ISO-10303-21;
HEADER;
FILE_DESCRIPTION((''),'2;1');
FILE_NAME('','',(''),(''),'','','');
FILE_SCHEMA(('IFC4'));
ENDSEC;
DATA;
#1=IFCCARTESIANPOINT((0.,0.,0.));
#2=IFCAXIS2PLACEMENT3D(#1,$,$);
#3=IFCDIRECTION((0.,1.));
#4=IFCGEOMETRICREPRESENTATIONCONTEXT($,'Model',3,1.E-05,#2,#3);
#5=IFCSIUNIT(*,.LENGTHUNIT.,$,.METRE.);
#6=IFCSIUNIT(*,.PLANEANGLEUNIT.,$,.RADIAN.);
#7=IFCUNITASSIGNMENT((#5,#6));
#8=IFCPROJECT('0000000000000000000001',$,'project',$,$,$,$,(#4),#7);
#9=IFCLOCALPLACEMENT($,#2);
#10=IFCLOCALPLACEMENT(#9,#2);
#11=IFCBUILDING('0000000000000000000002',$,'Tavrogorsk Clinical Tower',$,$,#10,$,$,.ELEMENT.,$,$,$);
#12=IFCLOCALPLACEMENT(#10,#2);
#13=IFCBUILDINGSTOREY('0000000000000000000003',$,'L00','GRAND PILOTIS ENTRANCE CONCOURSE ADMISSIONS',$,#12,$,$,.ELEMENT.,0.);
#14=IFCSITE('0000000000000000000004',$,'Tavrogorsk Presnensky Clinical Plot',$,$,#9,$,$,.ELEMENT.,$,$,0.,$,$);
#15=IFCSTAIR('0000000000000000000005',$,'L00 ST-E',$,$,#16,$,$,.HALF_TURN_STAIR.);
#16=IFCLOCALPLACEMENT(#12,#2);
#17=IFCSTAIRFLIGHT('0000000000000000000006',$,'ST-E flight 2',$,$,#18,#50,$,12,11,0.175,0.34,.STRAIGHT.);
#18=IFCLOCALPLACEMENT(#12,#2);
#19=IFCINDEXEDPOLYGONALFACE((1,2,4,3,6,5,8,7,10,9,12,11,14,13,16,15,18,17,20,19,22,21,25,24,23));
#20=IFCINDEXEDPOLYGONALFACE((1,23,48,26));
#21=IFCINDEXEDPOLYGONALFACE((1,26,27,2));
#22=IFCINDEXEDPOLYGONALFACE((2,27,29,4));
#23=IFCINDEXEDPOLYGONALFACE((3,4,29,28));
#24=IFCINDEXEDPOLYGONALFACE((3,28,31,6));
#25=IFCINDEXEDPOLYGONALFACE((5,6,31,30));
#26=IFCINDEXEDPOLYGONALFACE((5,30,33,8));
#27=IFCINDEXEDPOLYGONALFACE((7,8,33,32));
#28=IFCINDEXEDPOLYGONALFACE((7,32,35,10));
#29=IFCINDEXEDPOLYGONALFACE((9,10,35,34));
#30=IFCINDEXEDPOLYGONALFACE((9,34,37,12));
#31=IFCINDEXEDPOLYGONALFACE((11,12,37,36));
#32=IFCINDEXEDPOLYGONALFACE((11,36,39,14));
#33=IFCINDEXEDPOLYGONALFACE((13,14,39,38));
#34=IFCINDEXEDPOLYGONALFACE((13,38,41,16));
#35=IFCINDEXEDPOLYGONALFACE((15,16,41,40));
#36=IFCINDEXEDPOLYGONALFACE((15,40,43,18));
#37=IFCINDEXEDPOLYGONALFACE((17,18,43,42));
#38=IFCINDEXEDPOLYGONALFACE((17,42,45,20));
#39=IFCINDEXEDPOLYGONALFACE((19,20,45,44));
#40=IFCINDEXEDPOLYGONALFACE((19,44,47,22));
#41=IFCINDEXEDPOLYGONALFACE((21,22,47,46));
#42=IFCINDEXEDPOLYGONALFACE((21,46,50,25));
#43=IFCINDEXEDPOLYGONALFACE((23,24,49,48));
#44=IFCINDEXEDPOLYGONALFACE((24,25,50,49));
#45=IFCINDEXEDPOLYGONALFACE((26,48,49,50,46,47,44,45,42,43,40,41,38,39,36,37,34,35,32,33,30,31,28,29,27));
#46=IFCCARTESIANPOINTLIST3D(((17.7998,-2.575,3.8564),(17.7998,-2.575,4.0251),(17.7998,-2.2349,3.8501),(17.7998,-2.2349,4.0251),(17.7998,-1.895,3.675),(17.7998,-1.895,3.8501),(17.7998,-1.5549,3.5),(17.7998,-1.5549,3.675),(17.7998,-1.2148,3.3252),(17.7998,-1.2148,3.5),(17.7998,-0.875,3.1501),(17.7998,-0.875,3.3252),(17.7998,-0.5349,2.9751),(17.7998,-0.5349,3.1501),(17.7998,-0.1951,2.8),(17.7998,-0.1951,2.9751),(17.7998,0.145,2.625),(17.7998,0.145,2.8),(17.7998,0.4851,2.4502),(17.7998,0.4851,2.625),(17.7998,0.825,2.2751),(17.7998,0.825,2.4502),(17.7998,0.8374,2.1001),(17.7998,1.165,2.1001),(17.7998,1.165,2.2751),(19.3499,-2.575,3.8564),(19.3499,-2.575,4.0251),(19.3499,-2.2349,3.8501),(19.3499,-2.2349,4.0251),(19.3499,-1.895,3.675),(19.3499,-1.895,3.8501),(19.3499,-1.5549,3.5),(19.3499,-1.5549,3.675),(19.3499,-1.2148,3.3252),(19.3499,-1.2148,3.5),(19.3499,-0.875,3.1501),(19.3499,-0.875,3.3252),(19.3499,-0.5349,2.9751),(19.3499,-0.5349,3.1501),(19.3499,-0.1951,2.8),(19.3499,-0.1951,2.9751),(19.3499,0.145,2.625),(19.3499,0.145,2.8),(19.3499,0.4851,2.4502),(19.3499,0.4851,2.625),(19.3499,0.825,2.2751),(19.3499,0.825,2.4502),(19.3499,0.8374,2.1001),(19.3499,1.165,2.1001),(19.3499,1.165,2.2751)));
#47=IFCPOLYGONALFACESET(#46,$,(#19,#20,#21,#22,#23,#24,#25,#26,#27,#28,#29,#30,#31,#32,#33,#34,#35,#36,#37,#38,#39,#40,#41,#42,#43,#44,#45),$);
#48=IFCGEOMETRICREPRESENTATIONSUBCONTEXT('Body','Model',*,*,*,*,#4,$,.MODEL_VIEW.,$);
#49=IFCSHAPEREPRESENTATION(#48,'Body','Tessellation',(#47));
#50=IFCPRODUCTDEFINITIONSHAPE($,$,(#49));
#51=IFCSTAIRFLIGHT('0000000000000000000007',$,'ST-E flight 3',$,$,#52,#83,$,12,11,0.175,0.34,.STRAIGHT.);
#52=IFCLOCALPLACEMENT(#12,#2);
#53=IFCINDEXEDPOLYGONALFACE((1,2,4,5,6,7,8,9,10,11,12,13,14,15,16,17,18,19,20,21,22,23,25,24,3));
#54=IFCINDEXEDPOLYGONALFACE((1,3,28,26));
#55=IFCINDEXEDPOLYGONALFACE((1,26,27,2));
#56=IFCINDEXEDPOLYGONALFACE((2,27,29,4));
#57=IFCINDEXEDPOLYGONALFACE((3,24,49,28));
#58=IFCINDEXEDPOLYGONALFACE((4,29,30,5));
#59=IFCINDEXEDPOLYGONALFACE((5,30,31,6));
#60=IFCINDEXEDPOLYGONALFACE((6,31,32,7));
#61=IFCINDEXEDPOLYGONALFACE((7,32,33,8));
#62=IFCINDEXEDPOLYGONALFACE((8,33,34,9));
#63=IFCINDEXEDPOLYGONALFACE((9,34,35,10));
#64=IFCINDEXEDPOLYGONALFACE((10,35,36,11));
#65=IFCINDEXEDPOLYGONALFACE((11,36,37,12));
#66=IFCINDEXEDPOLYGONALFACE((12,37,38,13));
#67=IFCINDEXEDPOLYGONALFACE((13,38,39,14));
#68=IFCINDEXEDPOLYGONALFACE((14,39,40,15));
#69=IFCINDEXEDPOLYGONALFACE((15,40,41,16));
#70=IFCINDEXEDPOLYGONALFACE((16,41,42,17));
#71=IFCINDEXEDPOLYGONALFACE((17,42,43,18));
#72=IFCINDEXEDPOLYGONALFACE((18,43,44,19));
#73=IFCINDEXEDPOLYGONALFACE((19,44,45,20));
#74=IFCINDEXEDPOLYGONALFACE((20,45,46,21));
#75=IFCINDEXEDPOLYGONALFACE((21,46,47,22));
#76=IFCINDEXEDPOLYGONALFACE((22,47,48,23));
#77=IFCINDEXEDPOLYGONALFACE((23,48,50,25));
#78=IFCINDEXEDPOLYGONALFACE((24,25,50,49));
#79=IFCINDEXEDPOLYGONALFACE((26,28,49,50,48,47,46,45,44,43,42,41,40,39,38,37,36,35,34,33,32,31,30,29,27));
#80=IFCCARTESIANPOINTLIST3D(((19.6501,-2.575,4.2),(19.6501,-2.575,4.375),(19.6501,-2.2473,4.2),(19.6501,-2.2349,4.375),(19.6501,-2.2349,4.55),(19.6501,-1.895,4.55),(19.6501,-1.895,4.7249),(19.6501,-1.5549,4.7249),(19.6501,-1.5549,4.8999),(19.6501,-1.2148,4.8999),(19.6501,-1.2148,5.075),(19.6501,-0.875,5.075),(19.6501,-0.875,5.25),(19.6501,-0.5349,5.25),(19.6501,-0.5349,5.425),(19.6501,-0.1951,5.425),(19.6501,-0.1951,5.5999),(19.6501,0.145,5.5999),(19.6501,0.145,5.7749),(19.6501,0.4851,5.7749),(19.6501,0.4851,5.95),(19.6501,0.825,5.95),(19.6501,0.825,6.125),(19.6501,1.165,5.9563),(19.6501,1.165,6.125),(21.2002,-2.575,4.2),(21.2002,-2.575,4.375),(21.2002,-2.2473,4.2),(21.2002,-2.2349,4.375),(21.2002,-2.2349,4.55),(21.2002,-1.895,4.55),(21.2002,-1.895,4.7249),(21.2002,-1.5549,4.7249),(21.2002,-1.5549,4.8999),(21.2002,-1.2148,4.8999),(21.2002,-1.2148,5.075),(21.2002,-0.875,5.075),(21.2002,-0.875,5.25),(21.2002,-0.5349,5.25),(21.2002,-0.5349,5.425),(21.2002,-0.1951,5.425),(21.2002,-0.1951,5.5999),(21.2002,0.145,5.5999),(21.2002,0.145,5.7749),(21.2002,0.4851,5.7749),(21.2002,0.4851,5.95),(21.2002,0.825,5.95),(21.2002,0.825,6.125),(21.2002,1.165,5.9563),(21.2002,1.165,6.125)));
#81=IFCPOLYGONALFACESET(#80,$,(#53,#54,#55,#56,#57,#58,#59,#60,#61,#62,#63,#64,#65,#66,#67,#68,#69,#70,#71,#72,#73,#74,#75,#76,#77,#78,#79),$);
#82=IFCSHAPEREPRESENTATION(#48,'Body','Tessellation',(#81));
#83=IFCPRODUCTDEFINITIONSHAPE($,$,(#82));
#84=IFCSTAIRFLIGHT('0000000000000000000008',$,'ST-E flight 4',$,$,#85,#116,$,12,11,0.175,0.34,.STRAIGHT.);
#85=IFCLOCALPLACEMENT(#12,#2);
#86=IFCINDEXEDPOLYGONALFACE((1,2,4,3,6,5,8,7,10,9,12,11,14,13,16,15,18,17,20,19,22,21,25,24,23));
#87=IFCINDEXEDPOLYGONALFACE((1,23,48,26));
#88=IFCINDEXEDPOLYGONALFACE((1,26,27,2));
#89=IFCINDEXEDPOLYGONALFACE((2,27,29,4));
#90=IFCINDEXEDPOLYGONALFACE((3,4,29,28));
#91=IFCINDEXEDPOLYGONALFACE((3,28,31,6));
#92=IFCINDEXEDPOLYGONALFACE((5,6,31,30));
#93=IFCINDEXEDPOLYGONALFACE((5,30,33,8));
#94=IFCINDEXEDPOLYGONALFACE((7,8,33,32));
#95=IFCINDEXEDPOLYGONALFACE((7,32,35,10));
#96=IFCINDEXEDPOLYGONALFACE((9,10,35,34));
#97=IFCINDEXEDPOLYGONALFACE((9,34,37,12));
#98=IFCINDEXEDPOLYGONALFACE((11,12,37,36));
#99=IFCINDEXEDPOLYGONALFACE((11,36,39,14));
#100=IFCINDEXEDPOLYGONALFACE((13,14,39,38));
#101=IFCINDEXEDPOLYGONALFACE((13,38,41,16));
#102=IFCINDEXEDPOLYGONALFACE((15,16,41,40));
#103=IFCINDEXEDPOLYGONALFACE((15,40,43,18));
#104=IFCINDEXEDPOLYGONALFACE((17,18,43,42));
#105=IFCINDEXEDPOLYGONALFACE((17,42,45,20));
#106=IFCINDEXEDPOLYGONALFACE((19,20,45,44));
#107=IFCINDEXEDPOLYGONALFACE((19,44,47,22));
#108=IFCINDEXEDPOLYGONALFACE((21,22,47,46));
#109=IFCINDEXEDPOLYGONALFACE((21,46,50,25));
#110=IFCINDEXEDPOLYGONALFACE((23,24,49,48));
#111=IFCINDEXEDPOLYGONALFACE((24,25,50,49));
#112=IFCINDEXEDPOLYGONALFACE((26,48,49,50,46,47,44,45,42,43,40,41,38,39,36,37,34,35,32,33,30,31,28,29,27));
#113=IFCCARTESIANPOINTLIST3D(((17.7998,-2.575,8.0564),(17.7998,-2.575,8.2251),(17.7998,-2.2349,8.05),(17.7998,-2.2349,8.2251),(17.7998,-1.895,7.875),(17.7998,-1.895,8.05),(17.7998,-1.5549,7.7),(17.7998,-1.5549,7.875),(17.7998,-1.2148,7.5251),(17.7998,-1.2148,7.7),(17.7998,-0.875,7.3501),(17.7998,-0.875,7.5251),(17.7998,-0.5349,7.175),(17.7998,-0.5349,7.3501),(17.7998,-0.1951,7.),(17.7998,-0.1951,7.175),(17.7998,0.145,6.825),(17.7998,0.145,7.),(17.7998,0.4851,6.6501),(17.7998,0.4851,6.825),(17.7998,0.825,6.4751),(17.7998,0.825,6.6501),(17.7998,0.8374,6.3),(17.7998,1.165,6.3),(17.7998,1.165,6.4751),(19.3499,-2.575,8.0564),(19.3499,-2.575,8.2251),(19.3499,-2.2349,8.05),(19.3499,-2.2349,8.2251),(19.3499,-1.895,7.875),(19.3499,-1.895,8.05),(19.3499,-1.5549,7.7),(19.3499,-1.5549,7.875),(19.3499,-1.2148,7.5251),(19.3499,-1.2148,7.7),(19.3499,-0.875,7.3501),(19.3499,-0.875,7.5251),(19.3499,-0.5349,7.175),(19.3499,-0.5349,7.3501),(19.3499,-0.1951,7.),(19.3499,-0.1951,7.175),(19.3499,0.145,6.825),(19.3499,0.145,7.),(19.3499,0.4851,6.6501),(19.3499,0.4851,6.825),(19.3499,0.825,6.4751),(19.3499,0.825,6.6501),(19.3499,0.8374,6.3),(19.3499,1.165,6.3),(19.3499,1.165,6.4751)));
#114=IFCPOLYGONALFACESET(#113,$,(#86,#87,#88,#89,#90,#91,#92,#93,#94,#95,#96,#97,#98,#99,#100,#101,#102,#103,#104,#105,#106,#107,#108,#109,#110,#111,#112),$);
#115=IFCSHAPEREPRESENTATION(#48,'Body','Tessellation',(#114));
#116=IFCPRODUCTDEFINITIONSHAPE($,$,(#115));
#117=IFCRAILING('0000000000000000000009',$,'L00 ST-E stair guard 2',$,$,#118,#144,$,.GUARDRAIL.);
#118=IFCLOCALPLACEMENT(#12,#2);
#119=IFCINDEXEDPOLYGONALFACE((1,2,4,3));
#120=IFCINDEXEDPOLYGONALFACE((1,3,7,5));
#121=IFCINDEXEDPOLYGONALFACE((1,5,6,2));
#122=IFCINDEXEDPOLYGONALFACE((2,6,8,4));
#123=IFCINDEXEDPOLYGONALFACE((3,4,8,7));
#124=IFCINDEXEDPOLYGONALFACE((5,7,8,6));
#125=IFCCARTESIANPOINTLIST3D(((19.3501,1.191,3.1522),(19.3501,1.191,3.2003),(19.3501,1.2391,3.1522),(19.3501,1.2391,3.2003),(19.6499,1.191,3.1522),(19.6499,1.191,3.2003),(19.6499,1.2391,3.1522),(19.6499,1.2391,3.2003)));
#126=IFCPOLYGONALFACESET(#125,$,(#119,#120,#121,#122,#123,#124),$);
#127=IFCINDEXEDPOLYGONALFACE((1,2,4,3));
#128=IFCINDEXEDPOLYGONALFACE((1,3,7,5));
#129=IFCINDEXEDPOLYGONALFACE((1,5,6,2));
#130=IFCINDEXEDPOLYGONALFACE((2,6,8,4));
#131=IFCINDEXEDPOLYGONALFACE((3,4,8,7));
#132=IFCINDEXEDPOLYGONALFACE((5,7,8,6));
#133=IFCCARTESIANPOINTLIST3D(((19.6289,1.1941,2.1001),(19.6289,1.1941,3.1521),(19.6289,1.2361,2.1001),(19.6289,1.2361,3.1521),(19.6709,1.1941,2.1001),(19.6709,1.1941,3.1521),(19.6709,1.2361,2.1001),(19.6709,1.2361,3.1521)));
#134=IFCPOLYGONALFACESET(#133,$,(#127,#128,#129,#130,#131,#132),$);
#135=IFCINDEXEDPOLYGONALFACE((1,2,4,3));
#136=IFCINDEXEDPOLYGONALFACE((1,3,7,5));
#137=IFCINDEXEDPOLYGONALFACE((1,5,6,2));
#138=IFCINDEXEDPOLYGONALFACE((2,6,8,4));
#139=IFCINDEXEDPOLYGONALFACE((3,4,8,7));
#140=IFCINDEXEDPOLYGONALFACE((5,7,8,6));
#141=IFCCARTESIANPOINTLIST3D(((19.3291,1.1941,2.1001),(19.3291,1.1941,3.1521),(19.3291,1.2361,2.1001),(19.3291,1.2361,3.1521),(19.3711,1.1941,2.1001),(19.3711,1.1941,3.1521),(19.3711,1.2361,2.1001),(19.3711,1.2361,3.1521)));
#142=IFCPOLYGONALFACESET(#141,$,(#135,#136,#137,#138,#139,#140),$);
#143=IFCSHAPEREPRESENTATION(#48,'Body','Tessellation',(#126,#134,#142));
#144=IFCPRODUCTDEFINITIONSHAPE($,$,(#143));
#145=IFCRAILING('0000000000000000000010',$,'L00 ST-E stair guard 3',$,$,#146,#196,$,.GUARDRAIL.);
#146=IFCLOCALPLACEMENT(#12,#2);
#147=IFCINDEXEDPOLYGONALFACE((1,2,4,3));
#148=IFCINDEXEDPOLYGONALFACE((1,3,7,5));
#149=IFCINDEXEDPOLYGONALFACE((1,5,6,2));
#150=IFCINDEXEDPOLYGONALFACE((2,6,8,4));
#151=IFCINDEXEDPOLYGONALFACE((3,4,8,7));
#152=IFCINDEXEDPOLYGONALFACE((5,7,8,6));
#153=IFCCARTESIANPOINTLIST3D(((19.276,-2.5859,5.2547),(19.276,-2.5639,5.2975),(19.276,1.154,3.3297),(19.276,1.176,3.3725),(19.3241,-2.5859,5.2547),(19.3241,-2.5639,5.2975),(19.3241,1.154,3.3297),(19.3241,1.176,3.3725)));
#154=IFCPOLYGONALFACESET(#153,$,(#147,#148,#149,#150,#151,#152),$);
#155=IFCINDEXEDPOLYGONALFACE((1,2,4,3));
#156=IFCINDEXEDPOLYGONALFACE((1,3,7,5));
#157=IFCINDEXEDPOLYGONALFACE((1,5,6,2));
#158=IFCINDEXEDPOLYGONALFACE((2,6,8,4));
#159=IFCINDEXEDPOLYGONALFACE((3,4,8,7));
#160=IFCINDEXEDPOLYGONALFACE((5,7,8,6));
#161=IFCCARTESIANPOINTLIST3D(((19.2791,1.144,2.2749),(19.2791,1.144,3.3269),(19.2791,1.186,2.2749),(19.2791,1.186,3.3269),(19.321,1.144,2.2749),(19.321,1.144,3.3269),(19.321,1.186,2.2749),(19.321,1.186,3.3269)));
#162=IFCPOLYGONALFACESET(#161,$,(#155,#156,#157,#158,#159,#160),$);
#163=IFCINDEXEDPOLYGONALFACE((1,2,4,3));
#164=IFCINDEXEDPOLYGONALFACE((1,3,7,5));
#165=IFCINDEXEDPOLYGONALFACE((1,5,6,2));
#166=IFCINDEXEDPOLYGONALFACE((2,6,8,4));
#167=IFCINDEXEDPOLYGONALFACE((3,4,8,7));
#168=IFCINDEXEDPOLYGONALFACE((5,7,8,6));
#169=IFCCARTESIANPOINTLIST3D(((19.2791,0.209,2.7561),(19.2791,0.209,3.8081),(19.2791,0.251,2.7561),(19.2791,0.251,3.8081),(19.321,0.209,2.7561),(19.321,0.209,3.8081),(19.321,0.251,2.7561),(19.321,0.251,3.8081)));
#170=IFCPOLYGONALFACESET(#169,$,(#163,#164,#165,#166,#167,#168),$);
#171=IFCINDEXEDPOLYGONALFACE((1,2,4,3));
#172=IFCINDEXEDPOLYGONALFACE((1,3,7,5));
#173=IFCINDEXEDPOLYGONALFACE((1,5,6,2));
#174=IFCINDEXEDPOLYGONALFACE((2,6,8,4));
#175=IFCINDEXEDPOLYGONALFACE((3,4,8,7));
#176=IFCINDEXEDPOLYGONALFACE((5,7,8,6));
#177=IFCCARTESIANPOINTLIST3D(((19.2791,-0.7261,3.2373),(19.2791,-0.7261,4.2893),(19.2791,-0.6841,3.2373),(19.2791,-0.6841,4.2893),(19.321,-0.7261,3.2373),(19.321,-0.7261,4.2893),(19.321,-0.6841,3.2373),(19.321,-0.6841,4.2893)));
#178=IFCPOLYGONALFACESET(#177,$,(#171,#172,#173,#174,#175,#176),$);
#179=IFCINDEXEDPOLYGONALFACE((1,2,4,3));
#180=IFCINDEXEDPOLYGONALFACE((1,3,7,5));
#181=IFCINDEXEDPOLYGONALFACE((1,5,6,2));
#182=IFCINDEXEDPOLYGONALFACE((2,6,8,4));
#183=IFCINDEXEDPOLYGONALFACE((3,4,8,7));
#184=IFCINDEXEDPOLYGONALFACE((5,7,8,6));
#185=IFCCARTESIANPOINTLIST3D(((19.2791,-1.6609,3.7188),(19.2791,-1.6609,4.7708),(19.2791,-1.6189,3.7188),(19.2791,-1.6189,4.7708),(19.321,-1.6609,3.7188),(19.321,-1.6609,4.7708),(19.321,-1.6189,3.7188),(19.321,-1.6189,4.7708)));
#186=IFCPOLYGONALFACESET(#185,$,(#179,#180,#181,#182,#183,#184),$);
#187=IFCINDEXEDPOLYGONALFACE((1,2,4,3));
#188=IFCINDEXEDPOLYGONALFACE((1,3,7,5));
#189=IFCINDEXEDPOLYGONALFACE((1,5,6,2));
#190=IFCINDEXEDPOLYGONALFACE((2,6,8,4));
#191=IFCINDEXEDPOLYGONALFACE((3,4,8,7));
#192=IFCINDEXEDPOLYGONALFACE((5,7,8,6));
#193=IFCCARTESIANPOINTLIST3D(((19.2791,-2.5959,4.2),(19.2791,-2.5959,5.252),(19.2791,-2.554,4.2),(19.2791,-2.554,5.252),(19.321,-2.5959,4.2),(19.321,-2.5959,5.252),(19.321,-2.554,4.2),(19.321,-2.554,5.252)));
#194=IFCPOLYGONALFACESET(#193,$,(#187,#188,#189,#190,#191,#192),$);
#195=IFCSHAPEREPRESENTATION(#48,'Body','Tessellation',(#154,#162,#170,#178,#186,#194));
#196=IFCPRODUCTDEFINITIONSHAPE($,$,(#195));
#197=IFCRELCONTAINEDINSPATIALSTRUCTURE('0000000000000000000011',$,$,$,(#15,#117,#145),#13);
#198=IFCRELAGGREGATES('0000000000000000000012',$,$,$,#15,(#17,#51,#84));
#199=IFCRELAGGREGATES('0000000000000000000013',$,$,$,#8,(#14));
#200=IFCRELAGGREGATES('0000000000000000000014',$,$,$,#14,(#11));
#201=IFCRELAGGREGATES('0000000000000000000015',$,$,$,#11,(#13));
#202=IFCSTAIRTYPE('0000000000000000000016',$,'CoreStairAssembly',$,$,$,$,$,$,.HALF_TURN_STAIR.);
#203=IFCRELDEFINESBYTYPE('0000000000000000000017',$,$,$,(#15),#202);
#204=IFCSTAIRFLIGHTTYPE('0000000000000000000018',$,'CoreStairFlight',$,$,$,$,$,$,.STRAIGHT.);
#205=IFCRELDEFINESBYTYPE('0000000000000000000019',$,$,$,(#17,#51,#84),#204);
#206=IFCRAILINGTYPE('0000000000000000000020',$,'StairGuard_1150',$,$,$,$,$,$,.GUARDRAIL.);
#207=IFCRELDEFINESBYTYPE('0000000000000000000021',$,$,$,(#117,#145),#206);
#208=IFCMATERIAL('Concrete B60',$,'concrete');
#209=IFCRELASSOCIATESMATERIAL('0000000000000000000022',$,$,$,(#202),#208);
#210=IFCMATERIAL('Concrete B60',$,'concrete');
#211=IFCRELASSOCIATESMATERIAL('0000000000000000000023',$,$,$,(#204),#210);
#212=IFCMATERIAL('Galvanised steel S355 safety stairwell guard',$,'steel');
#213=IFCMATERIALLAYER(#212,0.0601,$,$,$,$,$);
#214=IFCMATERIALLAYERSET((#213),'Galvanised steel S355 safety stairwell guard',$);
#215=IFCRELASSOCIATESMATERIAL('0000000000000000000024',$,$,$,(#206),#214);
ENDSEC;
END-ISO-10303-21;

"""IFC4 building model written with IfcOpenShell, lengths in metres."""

from ifc_helpers import new_model, si_unit, direction, frame, origin, origin_2d, place, context, subcontext, project, spatial, polyline, rectangle, outline, extrude, material, layer, layer_set, type_object, element, aggregate, save


model = new_model("IFC4")

# Units and contexts
model_context = context("Model", 3, precision=1e-05, world=origin(), true_north=direction((0.0, 1.0)))
body_context = subcontext(model_context, "Body", "Model", "MODEL_VIEW")
ifc_project = project(units=[si_unit("LENGTHUNIT", "METRE"), si_unit("PLANEANGLEUNIT", "RADIAN")], contexts=[model_context])

# Site, building, storey
site_placement = place(None, origin())
site = spatial("IfcSite", under=ifc_project, at=site_placement, Name="Tavrogorsk Presnensky Clinical Plot", CompositionType="ELEMENT", RefElevation=0.0)
building_placement = place(site_placement, origin())
building = spatial("IfcBuilding", under=site, at=building_placement, Name="Tavrogorsk Clinical Tower", CompositionType="ELEMENT")
storey_placement = place(building_placement, origin())
storey = spatial("IfcBuildingStorey", under=building, at=storey_placement, Name="L00", Description="GRAND PILOTIS ENTRANCE CONCOURSE ADMISSIONS", CompositionType="ELEMENT", Elevation=0.0)

# Stair, stair flights
ifc_material_1 = material(Name="Concrete B60", Category="concrete")
stair_type = type_object("IfcStairType", Name="CoreStairAssembly", PredefinedType="HALF_TURN_STAIR", material=ifc_material_1)
stair_placement = place(storey_placement, origin())
stair = element("IfcStair", 1, at=stair_placement, inside=storey, type_object=stair_type, Name="L00 ST-E", PredefinedType="HALF_TURN_STAIR")
ifc_material_2 = material(Name="Concrete B60", Category="concrete")
stair_flight_type = type_object("IfcStairFlightType", Name="CoreStairFlight", PredefinedType="STRAIGHT", material=ifc_material_2)
stair_flight_1_placement = place(storey_placement, frame((18.575, 1.165, 2.1001), z_axis=(0.0, 0.0, 1.0), x_axis=(0.0, -1.0, 0.0)))
stair_flight_1 = element("IfcStairFlight", 2, at=stair_flight_1_placement, type_object=stair_flight_type, Name="ST-E flight 2", NumberOfRisers=12, NumberOfTreads=11, PredefinedType="STRAIGHT", RiserHeight=0.175, TreadLength=0.34, context=body_context, shape_type="SweptSolid", body=[
    extrude(outline(polyline([(0.0, 0.0), (0.0, 0.175), (0.3401, 0.175), (0.3401, 0.3501), (0.6799, 0.3501), (0.6799, 0.5249), (1.02, 0.5249), (1.02, 0.7), (1.3601, 0.7), (1.3601, 0.875), (1.7, 0.875), (1.7, 1.05), (2.04, 1.05), (2.04, 1.2251), (2.3799, 1.2251), (2.3799, 1.3999), (2.72, 1.3999), (2.72, 1.575), (3.0601, 1.575), (3.0601, 1.75), (3.3999, 1.75), (3.3999, 1.925), (3.74, 1.925), (3.74, 2.1001), (3.74, 1.7563), (0.3276, 0.0), (0.0, 0.0)])), frame((0.0, 0.7749, 0.0), z_axis=(0.0, -1.0, 0.0), x_axis=(1.0, 0.0, 0.0)), (0.0, 0.0, 1.0), 1.55),
])
stair_flight_2_placement = place(storey_placement, frame((20.425, -2.575, 4.2), z_axis=(0.0, 0.0, 1.0), x_axis=(0.0, 1.0, 0.0)))
stair_flight_2 = element("IfcStairFlight", 3, at=stair_flight_2_placement, type_object=stair_flight_type, Name="ST-E flight 3", NumberOfRisers=12, NumberOfTreads=11, PredefinedType="STRAIGHT", RiserHeight=0.175, TreadLength=0.34, context=body_context, shape_type="SweptSolid", body=[
    extrude(outline(polyline([(0.0, 0.0), (0.0, 0.175), (0.3401, 0.175), (0.3401, 0.3501), (0.6799, 0.3501), (0.6799, 0.5249), (1.02, 0.5249), (1.02, 0.7), (1.3601, 0.7), (1.3601, 0.875), (1.7, 0.875), (1.7, 1.05), (2.04, 1.05), (2.04, 1.2251), (2.3799, 1.2251), (2.3799, 1.3999), (2.72, 1.3999), (2.72, 1.575), (3.0601, 1.575), (3.0601, 1.75), (3.3999, 1.75), (3.3999, 1.925), (3.74, 1.925), (3.74, 2.1001), (3.74, 1.7563), (0.3276, 0.0), (0.0, 0.0)])), frame((0.0, 0.7749, 0.0), z_axis=(0.0, -1.0, 0.0), x_axis=(1.0, 0.0, 0.0)), (0.0, 0.0, 1.0), 1.55),
])
stair_flight_3_placement = place(storey_placement, frame((18.575, 1.165, 6.3), z_axis=(0.0, 0.0, 1.0), x_axis=(0.0, -1.0, 0.0)))
stair_flight_3 = element("IfcStairFlight", 4, at=stair_flight_3_placement, type_object=stair_flight_type, Name="ST-E flight 4", NumberOfRisers=12, NumberOfTreads=11, PredefinedType="STRAIGHT", RiserHeight=0.175, TreadLength=0.34, context=body_context, shape_type="SweptSolid", body=[
    extrude(outline(polyline([(0.0, 0.0), (0.0, 0.175), (0.3401, 0.175), (0.3401, 0.3501), (0.6799, 0.3501), (0.6799, 0.5249), (1.02, 0.5249), (1.02, 0.7), (1.3601, 0.7), (1.3601, 0.875), (1.7, 0.875), (1.7, 1.05), (2.04, 1.05), (2.04, 1.2251), (2.3799, 1.2251), (2.3799, 1.3999), (2.72, 1.3999), (2.72, 1.575), (3.0601, 1.575), (3.0601, 1.75), (3.3999, 1.75), (3.3999, 1.925), (3.74, 1.925), (3.74, 2.1001), (3.74, 1.7563), (0.3276, 0.0), (0.0, 0.0)])), frame((0.0, 0.7749, 0.0), z_axis=(0.0, -1.0, 0.0), x_axis=(1.0, 0.0, 0.0)), (0.0, 0.0, 1.0), 1.55),
])
aggregate(stair, [stair_flight_1, stair_flight_2, stair_flight_3])

# Railings
ifc_material_3 = material(Name="Galvanised steel S355 safety stairwell guard", Category="steel")
ifc_layer_1 = layer(ifc_material_3, 0.0601)
ifc_layer_set_1 = layer_set([ifc_layer_1], Name="Galvanised steel S355 safety stairwell guard")
railing_type_1 = type_object("IfcRailingType", Name="StairGuard_1150", PredefinedType="GUARDRAIL", material=ifc_layer_set_1)
railing_1_placement = place(storey_placement, frame((19.6499, 1.2151, 2.1001)))
element("IfcRailing", 5, at=railing_1_placement, inside=storey, type_object=railing_type_1, Name="L00 ST-E stair guard 2", PredefinedType="GUARDRAIL", context=body_context, shape_type="SweptSolid", body=[
    extrude(rectangle(XDim=0.0481, YDim=0.0481, at=origin_2d()), frame((0.0, 0.0, 1.0762), z_axis=(-1.0, 0.0, 0.0), x_axis=(0.0, -1.0, 0.0)), (0.0, 0.0, 1.0), 0.2998),
    extrude(rectangle(XDim=0.042, YDim=0.042, at=origin_2d()), origin(), (0.0, 0.0, 1.0), 1.052),
    extrude(rectangle(XDim=0.042, YDim=0.042, at=origin_2d()), frame((-0.2998, 0.0, 0.0)), (0.0, 0.0, 1.0), 1.052),
])
railing_2_placement = place(storey_placement, frame((19.3, 1.165, 2.2749)))
element("IfcRailing", 6, at=railing_2_placement, inside=storey, type_object=railing_type_1, Name="L00 ST-E stair guard 3", PredefinedType="GUARDRAIL", context=body_context, shape_type="SweptSolid", body=[
    extrude(rectangle(XDim=0.0481, YDim=0.0481, at=origin_2d()), frame((0.0, 0.0, 1.0762), z_axis=(0.0, -0.889131, 0.457654), x_axis=(1.0, 0.0, 0.0)), (0.0, 0.0, 1.0), 4.2063),
    extrude(rectangle(XDim=0.042, YDim=0.042, at=origin_2d()), origin(), (0.0, 0.0, 1.0), 1.052),
    extrude(rectangle(XDim=0.042, YDim=0.042, at=origin_2d()), frame((0.0, -0.9351, 0.4812)), (0.0, 0.0, 1.0), 1.052),
    extrude(rectangle(XDim=0.042, YDim=0.042, at=origin_2d()), frame((0.0, -1.8701, 0.9624)), (0.0, 0.0, 1.0), 1.052),
    extrude(rectangle(XDim=0.042, YDim=0.042, at=origin_2d()), frame((0.0, -2.8049, 1.4438)), (0.0, 0.0, 1.0), 1.052),
    extrude(rectangle(XDim=0.042, YDim=0.042, at=origin_2d()), frame((0.0, -3.74, 1.925)), (0.0, 0.0, 1.0), 1.052),
])

save(model, "model.ifc")
